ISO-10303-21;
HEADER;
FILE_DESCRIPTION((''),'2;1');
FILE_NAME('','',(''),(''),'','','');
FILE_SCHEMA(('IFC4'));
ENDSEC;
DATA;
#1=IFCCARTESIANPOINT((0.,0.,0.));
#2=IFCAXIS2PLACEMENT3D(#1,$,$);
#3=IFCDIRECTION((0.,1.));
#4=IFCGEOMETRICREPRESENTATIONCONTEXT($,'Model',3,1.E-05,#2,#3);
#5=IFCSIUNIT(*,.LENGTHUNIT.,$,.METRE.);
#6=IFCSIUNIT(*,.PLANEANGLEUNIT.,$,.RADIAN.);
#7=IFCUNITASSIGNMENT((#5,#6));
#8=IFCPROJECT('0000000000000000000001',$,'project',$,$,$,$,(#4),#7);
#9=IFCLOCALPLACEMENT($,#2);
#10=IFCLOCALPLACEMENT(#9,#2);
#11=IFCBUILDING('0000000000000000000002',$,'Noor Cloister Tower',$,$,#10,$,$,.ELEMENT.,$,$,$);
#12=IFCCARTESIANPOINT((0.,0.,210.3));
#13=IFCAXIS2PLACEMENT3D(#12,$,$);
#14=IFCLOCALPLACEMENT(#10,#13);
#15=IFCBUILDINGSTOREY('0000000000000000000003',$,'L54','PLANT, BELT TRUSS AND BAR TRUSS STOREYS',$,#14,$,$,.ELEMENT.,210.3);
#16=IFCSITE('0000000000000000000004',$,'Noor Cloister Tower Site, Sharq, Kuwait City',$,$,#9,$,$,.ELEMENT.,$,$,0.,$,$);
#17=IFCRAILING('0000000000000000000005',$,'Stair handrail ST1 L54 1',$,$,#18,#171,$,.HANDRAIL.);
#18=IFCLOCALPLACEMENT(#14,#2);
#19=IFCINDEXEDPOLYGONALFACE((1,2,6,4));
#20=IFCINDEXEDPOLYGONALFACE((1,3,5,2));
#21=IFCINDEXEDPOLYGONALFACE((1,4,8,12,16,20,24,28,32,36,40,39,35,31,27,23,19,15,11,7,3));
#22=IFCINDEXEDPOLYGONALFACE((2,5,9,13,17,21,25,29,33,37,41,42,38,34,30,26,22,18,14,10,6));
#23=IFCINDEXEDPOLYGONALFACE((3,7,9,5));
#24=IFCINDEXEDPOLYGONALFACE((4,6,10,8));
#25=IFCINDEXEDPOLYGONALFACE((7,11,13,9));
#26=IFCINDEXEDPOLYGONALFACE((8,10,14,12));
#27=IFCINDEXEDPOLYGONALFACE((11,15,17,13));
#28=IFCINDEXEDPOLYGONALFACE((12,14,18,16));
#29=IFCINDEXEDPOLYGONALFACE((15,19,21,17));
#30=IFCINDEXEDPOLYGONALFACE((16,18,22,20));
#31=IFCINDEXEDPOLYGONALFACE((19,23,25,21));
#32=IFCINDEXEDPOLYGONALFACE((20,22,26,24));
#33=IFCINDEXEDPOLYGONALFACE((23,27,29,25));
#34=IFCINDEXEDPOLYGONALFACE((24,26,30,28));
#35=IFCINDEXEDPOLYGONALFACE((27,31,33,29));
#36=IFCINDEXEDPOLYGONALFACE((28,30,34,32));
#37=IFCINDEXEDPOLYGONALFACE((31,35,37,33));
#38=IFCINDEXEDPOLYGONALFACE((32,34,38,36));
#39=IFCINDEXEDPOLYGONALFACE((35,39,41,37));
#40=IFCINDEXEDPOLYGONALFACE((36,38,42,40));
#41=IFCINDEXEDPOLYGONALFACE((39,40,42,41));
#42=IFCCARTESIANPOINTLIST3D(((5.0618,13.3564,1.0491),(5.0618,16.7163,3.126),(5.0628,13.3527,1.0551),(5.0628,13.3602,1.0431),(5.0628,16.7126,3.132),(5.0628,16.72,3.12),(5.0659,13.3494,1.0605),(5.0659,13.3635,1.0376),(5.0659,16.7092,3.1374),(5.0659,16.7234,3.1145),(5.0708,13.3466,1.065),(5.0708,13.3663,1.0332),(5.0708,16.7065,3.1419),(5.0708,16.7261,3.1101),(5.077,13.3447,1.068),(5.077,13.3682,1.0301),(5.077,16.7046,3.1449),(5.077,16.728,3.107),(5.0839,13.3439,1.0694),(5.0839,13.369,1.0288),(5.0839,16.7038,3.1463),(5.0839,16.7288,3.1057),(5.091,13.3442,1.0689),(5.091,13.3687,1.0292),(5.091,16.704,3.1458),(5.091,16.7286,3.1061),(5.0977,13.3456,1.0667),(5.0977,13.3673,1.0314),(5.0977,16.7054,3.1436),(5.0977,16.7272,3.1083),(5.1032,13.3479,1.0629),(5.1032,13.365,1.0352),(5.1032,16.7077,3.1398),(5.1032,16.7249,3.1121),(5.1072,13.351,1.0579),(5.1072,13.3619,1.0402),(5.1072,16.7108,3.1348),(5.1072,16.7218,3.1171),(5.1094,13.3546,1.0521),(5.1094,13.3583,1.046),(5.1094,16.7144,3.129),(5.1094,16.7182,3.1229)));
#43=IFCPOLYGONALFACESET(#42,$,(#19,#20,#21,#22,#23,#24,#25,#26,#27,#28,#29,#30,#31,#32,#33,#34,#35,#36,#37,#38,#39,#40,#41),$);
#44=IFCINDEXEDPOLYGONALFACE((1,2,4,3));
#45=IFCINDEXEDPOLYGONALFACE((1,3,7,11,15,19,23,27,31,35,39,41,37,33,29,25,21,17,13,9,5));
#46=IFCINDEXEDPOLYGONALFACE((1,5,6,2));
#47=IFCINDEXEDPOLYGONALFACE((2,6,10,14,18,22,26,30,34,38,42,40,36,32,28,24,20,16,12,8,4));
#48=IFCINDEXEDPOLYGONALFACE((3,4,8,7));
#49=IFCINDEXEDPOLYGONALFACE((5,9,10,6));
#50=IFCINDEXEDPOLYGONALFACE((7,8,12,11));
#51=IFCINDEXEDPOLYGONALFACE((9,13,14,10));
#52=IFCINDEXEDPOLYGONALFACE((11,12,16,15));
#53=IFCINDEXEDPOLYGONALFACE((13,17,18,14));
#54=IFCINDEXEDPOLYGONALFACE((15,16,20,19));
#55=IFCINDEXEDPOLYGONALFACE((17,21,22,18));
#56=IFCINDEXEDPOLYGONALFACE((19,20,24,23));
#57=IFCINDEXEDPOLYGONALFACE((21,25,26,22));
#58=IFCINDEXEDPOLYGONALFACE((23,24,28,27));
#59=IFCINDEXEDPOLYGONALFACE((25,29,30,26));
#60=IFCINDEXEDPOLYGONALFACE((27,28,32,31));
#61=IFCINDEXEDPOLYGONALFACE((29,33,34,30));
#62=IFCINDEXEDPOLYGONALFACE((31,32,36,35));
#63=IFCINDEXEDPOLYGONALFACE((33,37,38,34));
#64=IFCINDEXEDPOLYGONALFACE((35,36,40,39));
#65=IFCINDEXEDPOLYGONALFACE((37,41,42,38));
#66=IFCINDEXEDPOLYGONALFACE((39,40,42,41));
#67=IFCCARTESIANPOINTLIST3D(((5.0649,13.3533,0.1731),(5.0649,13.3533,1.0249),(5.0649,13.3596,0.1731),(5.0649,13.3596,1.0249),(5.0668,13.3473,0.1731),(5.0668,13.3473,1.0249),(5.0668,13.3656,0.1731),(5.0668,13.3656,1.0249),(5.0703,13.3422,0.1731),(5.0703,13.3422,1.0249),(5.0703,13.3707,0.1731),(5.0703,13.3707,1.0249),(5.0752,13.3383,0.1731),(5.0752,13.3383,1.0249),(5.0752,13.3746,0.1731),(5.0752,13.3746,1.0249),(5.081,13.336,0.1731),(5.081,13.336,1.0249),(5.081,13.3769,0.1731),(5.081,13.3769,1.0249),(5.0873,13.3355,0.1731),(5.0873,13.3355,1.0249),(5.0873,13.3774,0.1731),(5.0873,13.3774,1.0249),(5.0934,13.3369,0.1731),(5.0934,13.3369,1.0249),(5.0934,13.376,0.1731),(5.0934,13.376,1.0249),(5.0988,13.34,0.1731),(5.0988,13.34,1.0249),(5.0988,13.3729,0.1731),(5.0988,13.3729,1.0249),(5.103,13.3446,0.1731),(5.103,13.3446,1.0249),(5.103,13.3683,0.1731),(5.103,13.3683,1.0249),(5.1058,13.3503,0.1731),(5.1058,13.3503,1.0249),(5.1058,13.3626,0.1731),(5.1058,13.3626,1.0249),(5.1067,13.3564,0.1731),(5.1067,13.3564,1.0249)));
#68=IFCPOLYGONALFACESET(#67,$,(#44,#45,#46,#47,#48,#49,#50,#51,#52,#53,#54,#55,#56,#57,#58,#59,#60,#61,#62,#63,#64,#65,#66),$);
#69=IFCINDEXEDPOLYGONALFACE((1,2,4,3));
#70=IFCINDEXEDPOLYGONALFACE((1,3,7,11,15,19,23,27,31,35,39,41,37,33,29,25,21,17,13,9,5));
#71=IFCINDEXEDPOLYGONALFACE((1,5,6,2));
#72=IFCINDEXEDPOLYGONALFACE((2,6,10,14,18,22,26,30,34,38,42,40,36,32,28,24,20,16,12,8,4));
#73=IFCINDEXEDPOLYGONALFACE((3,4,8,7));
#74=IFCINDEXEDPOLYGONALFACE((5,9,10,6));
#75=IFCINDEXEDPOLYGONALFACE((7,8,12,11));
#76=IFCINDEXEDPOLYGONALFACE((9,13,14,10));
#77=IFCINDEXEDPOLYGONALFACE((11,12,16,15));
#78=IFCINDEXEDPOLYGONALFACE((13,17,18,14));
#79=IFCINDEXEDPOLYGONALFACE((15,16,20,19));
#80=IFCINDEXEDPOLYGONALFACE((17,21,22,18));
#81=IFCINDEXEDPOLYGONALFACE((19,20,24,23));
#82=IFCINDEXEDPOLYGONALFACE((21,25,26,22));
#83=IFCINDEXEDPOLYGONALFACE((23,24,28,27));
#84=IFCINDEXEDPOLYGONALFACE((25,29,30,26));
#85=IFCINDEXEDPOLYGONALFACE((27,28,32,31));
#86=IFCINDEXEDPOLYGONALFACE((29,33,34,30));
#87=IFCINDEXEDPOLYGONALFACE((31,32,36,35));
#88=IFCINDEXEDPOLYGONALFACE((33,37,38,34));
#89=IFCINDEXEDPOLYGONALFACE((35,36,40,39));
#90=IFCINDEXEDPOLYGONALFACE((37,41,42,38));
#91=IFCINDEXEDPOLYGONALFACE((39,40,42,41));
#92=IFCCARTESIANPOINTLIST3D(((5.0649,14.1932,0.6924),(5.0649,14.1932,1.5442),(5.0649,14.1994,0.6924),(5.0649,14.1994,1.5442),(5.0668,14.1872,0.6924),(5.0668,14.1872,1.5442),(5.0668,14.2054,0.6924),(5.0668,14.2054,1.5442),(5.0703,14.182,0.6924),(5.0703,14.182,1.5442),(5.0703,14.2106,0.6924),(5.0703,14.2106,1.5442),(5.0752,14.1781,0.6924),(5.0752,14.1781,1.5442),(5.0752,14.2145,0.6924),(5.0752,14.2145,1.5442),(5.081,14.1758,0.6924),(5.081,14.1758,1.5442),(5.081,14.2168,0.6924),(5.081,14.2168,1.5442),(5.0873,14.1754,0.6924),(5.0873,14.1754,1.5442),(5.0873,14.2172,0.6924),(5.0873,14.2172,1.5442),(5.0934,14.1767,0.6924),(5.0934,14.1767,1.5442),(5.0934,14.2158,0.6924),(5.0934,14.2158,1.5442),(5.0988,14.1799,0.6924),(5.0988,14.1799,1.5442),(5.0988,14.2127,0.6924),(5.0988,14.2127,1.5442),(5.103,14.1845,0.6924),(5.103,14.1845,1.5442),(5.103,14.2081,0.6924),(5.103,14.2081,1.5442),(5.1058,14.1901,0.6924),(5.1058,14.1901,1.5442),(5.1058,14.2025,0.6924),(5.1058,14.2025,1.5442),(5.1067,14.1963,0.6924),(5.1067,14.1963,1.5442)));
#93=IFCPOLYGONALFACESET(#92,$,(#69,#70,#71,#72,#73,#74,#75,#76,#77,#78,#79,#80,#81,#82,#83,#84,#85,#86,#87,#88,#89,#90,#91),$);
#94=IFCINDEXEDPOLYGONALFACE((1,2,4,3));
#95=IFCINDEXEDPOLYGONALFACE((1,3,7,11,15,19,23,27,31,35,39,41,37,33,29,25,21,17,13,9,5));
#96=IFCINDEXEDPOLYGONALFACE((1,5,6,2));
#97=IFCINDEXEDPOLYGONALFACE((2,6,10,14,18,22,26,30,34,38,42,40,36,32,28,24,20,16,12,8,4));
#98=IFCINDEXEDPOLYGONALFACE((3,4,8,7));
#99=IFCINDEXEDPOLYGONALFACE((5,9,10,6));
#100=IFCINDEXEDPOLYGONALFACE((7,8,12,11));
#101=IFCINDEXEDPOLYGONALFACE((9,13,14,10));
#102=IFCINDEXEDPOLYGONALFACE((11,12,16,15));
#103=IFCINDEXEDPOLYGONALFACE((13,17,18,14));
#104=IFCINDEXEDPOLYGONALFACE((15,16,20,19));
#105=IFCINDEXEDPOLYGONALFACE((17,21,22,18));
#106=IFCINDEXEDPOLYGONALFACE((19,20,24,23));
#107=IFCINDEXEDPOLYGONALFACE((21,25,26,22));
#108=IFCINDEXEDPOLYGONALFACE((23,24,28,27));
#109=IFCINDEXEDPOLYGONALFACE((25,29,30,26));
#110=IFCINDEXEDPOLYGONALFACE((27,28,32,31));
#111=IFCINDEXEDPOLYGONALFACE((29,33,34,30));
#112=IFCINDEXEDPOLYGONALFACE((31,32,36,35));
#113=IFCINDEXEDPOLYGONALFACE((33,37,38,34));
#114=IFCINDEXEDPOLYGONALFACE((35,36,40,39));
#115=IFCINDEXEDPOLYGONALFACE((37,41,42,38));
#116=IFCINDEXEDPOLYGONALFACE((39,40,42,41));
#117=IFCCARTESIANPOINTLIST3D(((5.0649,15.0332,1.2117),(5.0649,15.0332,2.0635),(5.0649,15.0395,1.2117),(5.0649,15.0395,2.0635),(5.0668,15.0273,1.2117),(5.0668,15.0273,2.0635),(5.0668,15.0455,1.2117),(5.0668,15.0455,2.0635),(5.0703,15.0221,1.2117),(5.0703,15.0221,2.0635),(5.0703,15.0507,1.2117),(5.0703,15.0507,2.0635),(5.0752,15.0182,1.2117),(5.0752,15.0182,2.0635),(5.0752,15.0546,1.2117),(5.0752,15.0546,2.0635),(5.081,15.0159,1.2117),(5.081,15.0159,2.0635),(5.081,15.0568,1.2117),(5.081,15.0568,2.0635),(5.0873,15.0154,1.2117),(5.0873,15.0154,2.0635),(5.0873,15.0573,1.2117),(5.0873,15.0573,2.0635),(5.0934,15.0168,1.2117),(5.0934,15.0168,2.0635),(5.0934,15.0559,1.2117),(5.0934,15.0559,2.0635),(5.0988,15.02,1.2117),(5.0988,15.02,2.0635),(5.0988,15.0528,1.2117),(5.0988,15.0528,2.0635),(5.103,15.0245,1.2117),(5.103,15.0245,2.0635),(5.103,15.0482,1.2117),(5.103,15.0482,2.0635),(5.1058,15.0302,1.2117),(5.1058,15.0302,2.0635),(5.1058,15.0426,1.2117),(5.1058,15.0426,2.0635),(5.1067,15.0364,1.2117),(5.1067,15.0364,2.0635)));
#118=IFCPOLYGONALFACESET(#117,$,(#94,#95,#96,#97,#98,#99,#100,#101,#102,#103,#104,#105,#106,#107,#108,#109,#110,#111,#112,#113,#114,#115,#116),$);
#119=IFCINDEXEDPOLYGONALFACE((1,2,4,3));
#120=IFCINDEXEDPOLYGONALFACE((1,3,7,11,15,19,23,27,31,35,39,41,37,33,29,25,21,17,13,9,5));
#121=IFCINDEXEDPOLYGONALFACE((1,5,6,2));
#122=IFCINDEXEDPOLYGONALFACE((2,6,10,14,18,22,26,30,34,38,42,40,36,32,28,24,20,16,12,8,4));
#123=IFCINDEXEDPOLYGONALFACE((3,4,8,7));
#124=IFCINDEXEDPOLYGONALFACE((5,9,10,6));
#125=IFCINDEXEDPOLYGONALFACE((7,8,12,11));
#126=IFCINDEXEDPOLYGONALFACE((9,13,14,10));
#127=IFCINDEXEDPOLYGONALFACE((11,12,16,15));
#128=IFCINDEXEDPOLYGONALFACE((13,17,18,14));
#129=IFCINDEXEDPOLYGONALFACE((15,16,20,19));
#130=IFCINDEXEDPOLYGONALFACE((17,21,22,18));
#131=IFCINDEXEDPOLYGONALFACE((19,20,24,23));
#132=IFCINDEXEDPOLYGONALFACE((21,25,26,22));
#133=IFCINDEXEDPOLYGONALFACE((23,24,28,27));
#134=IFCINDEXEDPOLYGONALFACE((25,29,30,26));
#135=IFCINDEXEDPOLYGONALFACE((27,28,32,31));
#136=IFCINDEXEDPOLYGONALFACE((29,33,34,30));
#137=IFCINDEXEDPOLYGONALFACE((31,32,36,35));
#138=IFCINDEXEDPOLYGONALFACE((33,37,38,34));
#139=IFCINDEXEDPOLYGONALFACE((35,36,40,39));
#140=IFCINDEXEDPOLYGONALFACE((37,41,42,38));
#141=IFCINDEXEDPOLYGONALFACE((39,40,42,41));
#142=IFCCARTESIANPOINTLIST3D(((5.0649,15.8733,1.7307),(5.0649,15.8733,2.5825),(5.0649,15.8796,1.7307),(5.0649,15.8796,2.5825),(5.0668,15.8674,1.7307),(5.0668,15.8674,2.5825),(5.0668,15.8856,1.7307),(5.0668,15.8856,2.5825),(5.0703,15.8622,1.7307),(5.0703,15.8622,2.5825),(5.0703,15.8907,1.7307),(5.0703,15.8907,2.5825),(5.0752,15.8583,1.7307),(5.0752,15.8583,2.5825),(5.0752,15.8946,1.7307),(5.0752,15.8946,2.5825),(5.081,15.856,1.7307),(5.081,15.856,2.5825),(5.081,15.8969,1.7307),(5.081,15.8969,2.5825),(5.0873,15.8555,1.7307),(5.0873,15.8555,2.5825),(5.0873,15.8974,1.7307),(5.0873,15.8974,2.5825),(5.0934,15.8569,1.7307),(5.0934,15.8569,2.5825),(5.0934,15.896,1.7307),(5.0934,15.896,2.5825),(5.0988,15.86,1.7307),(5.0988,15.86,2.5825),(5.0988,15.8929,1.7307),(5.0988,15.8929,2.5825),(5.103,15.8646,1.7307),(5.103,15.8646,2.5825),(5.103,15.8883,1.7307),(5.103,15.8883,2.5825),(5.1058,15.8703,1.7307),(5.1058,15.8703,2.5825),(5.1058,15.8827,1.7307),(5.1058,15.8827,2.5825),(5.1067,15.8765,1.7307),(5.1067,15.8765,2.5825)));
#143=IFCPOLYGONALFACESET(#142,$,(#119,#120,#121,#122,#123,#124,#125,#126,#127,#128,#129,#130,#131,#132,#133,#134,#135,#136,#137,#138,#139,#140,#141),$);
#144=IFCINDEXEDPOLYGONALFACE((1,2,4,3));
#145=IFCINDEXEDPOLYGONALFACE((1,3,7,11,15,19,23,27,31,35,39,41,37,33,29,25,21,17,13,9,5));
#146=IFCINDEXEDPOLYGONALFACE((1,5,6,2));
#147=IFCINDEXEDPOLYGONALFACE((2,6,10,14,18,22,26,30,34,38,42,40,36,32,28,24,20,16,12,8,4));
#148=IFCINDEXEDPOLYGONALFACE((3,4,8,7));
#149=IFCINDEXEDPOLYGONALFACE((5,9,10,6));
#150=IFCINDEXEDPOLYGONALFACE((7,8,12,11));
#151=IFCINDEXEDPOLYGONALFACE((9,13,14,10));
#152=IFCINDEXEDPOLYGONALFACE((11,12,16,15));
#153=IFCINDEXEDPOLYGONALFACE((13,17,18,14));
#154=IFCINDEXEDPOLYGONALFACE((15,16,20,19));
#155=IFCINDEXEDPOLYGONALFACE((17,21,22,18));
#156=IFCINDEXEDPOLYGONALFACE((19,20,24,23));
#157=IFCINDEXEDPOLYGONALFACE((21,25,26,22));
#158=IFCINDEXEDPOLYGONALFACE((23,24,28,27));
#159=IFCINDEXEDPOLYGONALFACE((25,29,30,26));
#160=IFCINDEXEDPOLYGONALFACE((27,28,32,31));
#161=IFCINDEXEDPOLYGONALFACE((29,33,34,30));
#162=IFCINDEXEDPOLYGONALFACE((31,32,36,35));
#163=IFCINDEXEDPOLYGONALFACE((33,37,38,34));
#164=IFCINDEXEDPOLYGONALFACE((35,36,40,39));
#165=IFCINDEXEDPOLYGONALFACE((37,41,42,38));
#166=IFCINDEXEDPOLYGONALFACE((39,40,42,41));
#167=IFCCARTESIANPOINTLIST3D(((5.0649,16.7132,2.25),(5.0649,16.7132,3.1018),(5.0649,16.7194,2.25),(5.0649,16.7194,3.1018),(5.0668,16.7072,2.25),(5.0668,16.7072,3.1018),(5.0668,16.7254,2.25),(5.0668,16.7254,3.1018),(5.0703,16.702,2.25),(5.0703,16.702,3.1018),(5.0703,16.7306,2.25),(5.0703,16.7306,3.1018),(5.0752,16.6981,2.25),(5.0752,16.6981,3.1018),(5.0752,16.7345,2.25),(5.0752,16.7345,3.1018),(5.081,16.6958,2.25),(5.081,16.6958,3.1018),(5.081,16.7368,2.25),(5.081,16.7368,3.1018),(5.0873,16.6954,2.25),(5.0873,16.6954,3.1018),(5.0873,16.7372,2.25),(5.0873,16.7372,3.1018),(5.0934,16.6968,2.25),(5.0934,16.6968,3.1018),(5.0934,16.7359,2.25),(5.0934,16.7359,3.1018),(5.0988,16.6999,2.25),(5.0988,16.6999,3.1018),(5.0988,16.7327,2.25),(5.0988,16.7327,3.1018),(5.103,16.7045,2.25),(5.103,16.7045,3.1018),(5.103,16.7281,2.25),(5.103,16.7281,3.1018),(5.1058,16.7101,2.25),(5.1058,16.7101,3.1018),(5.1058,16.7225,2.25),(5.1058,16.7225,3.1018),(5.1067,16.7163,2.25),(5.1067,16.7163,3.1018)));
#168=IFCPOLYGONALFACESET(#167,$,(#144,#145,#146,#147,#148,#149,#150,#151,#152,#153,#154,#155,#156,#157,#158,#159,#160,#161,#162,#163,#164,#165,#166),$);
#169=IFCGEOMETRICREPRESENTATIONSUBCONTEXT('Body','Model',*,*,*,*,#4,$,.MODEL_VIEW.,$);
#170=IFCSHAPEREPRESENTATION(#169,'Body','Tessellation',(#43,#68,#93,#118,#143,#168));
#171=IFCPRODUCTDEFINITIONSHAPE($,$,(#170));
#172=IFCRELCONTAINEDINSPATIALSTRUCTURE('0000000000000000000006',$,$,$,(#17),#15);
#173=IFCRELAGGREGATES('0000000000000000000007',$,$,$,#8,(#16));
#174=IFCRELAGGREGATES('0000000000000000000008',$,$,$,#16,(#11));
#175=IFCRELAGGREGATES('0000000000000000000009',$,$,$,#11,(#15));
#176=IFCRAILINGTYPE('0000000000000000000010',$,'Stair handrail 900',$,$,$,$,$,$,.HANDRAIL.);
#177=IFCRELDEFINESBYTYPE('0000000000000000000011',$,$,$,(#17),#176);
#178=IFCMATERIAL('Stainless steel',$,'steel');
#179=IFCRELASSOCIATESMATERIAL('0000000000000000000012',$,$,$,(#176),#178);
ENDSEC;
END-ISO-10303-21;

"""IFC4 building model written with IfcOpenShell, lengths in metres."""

from ifc_helpers import new_model, si_unit, direction, frame, origin, origin_2d, place, context, subcontext, project, spatial, circle, extrude, material, type_object, element, save


model = new_model("IFC4")

# Units and contexts
model_context = context("Model", 3, precision=1e-05, world=origin(), true_north=direction((0.0, 1.0)))
body_context = subcontext(model_context, "Body", "Model", "MODEL_VIEW")
ifc_project = project(units=[si_unit("LENGTHUNIT", "METRE"), si_unit("PLANEANGLEUNIT", "RADIAN")], contexts=[model_context])

# Site, building, storey
site_placement = place(None, origin())
site = spatial("IfcSite", under=ifc_project, at=site_placement, Name="Noor Cloister Tower Site, Sharq, Kuwait City", CompositionType="ELEMENT", RefElevation=0.0)
building_placement = place(site_placement, origin())
building = spatial("IfcBuilding", under=site, at=building_placement, Name="Noor Cloister Tower", CompositionType="ELEMENT")
storey_placement = place(building_placement, frame((0.0, 0.0, 210.3)))
storey = spatial("IfcBuildingStorey", under=building, at=storey_placement, Name="L54", Description="PLANT, BELT TRUSS AND BAR TRUSS STOREYS", CompositionType="ELEMENT", Elevation=210.3)

# Railing
ifc_material_1 = material(Name="Stainless steel", Category="steel")
railing_type_1 = type_object("IfcRailingType", Name="Stair handrail 900", PredefinedType="HANDRAIL", material=ifc_material_1)
railing_1_placement = place(storey_placement, frame((5.0857, 13.3564, 0.1731)))
element("IfcRailing", 1, at=railing_1_placement, inside=storey, type_object=railing_type_1, Name="Stair handrail ST1 L54 1", PredefinedType="HANDRAIL", context=body_context, shape_type="SweptSolid", body=[
    extrude(circle(Radius=0.0239, at=origin_2d()), frame((0.0, 0.0, 0.876), z_axis=(0.0, 0.850606, 0.525803), x_axis=(-1.0, 0.0, 0.0)), (0.0, 0.0, 1.0), 3.95),
    extrude(circle(Radius=0.021, at=origin_2d()), origin(), (0.0, 0.0, 1.0), 0.8518),
    extrude(circle(Radius=0.021, at=origin_2d()), frame((0.0, 0.8398, 0.5193)), (0.0, 0.0, 1.0), 0.8518),
    extrude(circle(Radius=0.021, at=origin_2d()), frame((0.0, 1.6799, 1.0386)), (0.0, 0.0, 1.0), 0.8518),
    extrude(circle(Radius=0.021, at=origin_2d()), frame((0.0, 2.52, 1.5576)), (0.0, 0.0, 1.0), 0.8518),
    extrude(circle(Radius=0.021, at=origin_2d()), frame((0.0, 3.3599, 2.0769)), (0.0, 0.0, 1.0), 0.8518),
])

save(model, "model.ifc")
